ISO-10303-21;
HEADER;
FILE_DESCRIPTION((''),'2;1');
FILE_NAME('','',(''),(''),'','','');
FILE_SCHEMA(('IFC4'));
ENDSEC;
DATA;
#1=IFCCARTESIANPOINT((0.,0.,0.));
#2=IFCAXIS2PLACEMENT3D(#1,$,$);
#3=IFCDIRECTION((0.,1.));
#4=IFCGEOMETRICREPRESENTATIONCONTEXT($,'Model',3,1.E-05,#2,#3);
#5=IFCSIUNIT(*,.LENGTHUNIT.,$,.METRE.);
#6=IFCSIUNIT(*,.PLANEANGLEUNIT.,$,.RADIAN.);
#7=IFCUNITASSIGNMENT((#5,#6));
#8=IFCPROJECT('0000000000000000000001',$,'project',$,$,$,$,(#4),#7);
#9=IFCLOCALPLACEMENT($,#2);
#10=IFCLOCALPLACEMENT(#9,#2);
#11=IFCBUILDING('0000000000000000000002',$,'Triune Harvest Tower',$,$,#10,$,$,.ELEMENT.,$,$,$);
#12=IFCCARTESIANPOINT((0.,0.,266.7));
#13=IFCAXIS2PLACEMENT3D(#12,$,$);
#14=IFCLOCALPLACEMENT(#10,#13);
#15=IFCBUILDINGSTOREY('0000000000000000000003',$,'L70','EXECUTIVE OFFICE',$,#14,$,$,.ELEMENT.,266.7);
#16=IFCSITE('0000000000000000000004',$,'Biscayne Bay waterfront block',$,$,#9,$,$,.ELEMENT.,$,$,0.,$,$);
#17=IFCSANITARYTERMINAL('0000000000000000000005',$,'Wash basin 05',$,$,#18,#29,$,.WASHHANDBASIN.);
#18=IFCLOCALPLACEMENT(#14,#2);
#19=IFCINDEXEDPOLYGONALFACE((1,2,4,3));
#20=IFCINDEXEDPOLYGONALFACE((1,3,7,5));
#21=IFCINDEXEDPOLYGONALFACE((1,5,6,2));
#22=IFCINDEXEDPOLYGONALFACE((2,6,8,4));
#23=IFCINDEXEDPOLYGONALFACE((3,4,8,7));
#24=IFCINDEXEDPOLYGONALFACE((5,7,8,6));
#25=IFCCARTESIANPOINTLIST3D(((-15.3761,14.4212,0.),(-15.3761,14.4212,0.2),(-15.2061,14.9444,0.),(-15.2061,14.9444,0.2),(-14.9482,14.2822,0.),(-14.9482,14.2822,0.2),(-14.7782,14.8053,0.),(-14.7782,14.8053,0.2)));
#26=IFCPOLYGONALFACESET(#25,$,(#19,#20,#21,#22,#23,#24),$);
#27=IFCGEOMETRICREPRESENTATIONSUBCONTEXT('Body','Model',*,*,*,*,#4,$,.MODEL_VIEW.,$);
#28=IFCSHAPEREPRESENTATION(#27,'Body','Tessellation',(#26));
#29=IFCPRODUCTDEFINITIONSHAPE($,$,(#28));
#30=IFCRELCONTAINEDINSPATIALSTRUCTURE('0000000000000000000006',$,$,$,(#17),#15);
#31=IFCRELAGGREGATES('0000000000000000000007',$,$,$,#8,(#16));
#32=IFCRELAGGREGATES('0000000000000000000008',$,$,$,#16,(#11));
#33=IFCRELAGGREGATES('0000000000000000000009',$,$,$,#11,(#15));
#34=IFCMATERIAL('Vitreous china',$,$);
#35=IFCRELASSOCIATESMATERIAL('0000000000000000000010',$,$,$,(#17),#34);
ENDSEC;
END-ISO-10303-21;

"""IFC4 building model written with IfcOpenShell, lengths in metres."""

from ifc_helpers import new_model, si_unit, direction, frame, origin, origin_2d, place, context, subcontext, project, spatial, rectangle, extrude, source, transform, mapped, material, element, save


model = new_model("IFC4")

# Units and contexts
model_context = context("Model", 3, precision=1e-05, world=origin(), true_north=direction((0.0, 1.0)))
body_context = subcontext(model_context, "Body", "Model", "MODEL_VIEW")
ifc_project = project(units=[si_unit("LENGTHUNIT", "METRE"), si_unit("PLANEANGLEUNIT", "RADIAN")], contexts=[model_context])

# Site, building, storey
site_placement = place(None, origin())
site = spatial("IfcSite", under=ifc_project, at=site_placement, Name="Biscayne Bay waterfront block", CompositionType="ELEMENT", RefElevation=0.0)
building_placement = place(site_placement, origin())
building = spatial("IfcBuilding", under=site, at=building_placement, Name="Triune Harvest Tower", CompositionType="ELEMENT")
storey_placement = place(building_placement, frame((0.0, 0.0, 266.7)))
storey = spatial("IfcBuildingStorey", under=building, at=storey_placement, Name="L70", Description="EXECUTIVE OFFICE", CompositionType="ELEMENT", Elevation=266.7)

# Sanitary terminal
ifc_material_1 = material(Name="Vitreous china")
shared_shape_1 = source(origin(), body_context, "Body", "SweptSolid", [
    extrude(rectangle(XDim=0.55, YDim=0.45, at=origin_2d()), origin(), (0.0, 0.0, 1.0), 0.2),
])
sanitary_terminal_1_placement = place(storey_placement, frame((-15.0771, 14.6133, 0.0), z_axis=(0.0, 0.0, 1.0), x_axis=(0.309, 0.951062, 0.0)))
element("IfcSanitaryTerminal", 1, at=sanitary_terminal_1_placement, inside=storey, material=ifc_material_1, Name="Wash basin 05", PredefinedType="WASHHANDBASIN", context=body_context, shape_type="MappedRepresentation", body=[
    mapped(shared_shape_1, transform((0.0, 0.0, 0.0), scale=1.0)),
])

save(model, "model.ifc")
